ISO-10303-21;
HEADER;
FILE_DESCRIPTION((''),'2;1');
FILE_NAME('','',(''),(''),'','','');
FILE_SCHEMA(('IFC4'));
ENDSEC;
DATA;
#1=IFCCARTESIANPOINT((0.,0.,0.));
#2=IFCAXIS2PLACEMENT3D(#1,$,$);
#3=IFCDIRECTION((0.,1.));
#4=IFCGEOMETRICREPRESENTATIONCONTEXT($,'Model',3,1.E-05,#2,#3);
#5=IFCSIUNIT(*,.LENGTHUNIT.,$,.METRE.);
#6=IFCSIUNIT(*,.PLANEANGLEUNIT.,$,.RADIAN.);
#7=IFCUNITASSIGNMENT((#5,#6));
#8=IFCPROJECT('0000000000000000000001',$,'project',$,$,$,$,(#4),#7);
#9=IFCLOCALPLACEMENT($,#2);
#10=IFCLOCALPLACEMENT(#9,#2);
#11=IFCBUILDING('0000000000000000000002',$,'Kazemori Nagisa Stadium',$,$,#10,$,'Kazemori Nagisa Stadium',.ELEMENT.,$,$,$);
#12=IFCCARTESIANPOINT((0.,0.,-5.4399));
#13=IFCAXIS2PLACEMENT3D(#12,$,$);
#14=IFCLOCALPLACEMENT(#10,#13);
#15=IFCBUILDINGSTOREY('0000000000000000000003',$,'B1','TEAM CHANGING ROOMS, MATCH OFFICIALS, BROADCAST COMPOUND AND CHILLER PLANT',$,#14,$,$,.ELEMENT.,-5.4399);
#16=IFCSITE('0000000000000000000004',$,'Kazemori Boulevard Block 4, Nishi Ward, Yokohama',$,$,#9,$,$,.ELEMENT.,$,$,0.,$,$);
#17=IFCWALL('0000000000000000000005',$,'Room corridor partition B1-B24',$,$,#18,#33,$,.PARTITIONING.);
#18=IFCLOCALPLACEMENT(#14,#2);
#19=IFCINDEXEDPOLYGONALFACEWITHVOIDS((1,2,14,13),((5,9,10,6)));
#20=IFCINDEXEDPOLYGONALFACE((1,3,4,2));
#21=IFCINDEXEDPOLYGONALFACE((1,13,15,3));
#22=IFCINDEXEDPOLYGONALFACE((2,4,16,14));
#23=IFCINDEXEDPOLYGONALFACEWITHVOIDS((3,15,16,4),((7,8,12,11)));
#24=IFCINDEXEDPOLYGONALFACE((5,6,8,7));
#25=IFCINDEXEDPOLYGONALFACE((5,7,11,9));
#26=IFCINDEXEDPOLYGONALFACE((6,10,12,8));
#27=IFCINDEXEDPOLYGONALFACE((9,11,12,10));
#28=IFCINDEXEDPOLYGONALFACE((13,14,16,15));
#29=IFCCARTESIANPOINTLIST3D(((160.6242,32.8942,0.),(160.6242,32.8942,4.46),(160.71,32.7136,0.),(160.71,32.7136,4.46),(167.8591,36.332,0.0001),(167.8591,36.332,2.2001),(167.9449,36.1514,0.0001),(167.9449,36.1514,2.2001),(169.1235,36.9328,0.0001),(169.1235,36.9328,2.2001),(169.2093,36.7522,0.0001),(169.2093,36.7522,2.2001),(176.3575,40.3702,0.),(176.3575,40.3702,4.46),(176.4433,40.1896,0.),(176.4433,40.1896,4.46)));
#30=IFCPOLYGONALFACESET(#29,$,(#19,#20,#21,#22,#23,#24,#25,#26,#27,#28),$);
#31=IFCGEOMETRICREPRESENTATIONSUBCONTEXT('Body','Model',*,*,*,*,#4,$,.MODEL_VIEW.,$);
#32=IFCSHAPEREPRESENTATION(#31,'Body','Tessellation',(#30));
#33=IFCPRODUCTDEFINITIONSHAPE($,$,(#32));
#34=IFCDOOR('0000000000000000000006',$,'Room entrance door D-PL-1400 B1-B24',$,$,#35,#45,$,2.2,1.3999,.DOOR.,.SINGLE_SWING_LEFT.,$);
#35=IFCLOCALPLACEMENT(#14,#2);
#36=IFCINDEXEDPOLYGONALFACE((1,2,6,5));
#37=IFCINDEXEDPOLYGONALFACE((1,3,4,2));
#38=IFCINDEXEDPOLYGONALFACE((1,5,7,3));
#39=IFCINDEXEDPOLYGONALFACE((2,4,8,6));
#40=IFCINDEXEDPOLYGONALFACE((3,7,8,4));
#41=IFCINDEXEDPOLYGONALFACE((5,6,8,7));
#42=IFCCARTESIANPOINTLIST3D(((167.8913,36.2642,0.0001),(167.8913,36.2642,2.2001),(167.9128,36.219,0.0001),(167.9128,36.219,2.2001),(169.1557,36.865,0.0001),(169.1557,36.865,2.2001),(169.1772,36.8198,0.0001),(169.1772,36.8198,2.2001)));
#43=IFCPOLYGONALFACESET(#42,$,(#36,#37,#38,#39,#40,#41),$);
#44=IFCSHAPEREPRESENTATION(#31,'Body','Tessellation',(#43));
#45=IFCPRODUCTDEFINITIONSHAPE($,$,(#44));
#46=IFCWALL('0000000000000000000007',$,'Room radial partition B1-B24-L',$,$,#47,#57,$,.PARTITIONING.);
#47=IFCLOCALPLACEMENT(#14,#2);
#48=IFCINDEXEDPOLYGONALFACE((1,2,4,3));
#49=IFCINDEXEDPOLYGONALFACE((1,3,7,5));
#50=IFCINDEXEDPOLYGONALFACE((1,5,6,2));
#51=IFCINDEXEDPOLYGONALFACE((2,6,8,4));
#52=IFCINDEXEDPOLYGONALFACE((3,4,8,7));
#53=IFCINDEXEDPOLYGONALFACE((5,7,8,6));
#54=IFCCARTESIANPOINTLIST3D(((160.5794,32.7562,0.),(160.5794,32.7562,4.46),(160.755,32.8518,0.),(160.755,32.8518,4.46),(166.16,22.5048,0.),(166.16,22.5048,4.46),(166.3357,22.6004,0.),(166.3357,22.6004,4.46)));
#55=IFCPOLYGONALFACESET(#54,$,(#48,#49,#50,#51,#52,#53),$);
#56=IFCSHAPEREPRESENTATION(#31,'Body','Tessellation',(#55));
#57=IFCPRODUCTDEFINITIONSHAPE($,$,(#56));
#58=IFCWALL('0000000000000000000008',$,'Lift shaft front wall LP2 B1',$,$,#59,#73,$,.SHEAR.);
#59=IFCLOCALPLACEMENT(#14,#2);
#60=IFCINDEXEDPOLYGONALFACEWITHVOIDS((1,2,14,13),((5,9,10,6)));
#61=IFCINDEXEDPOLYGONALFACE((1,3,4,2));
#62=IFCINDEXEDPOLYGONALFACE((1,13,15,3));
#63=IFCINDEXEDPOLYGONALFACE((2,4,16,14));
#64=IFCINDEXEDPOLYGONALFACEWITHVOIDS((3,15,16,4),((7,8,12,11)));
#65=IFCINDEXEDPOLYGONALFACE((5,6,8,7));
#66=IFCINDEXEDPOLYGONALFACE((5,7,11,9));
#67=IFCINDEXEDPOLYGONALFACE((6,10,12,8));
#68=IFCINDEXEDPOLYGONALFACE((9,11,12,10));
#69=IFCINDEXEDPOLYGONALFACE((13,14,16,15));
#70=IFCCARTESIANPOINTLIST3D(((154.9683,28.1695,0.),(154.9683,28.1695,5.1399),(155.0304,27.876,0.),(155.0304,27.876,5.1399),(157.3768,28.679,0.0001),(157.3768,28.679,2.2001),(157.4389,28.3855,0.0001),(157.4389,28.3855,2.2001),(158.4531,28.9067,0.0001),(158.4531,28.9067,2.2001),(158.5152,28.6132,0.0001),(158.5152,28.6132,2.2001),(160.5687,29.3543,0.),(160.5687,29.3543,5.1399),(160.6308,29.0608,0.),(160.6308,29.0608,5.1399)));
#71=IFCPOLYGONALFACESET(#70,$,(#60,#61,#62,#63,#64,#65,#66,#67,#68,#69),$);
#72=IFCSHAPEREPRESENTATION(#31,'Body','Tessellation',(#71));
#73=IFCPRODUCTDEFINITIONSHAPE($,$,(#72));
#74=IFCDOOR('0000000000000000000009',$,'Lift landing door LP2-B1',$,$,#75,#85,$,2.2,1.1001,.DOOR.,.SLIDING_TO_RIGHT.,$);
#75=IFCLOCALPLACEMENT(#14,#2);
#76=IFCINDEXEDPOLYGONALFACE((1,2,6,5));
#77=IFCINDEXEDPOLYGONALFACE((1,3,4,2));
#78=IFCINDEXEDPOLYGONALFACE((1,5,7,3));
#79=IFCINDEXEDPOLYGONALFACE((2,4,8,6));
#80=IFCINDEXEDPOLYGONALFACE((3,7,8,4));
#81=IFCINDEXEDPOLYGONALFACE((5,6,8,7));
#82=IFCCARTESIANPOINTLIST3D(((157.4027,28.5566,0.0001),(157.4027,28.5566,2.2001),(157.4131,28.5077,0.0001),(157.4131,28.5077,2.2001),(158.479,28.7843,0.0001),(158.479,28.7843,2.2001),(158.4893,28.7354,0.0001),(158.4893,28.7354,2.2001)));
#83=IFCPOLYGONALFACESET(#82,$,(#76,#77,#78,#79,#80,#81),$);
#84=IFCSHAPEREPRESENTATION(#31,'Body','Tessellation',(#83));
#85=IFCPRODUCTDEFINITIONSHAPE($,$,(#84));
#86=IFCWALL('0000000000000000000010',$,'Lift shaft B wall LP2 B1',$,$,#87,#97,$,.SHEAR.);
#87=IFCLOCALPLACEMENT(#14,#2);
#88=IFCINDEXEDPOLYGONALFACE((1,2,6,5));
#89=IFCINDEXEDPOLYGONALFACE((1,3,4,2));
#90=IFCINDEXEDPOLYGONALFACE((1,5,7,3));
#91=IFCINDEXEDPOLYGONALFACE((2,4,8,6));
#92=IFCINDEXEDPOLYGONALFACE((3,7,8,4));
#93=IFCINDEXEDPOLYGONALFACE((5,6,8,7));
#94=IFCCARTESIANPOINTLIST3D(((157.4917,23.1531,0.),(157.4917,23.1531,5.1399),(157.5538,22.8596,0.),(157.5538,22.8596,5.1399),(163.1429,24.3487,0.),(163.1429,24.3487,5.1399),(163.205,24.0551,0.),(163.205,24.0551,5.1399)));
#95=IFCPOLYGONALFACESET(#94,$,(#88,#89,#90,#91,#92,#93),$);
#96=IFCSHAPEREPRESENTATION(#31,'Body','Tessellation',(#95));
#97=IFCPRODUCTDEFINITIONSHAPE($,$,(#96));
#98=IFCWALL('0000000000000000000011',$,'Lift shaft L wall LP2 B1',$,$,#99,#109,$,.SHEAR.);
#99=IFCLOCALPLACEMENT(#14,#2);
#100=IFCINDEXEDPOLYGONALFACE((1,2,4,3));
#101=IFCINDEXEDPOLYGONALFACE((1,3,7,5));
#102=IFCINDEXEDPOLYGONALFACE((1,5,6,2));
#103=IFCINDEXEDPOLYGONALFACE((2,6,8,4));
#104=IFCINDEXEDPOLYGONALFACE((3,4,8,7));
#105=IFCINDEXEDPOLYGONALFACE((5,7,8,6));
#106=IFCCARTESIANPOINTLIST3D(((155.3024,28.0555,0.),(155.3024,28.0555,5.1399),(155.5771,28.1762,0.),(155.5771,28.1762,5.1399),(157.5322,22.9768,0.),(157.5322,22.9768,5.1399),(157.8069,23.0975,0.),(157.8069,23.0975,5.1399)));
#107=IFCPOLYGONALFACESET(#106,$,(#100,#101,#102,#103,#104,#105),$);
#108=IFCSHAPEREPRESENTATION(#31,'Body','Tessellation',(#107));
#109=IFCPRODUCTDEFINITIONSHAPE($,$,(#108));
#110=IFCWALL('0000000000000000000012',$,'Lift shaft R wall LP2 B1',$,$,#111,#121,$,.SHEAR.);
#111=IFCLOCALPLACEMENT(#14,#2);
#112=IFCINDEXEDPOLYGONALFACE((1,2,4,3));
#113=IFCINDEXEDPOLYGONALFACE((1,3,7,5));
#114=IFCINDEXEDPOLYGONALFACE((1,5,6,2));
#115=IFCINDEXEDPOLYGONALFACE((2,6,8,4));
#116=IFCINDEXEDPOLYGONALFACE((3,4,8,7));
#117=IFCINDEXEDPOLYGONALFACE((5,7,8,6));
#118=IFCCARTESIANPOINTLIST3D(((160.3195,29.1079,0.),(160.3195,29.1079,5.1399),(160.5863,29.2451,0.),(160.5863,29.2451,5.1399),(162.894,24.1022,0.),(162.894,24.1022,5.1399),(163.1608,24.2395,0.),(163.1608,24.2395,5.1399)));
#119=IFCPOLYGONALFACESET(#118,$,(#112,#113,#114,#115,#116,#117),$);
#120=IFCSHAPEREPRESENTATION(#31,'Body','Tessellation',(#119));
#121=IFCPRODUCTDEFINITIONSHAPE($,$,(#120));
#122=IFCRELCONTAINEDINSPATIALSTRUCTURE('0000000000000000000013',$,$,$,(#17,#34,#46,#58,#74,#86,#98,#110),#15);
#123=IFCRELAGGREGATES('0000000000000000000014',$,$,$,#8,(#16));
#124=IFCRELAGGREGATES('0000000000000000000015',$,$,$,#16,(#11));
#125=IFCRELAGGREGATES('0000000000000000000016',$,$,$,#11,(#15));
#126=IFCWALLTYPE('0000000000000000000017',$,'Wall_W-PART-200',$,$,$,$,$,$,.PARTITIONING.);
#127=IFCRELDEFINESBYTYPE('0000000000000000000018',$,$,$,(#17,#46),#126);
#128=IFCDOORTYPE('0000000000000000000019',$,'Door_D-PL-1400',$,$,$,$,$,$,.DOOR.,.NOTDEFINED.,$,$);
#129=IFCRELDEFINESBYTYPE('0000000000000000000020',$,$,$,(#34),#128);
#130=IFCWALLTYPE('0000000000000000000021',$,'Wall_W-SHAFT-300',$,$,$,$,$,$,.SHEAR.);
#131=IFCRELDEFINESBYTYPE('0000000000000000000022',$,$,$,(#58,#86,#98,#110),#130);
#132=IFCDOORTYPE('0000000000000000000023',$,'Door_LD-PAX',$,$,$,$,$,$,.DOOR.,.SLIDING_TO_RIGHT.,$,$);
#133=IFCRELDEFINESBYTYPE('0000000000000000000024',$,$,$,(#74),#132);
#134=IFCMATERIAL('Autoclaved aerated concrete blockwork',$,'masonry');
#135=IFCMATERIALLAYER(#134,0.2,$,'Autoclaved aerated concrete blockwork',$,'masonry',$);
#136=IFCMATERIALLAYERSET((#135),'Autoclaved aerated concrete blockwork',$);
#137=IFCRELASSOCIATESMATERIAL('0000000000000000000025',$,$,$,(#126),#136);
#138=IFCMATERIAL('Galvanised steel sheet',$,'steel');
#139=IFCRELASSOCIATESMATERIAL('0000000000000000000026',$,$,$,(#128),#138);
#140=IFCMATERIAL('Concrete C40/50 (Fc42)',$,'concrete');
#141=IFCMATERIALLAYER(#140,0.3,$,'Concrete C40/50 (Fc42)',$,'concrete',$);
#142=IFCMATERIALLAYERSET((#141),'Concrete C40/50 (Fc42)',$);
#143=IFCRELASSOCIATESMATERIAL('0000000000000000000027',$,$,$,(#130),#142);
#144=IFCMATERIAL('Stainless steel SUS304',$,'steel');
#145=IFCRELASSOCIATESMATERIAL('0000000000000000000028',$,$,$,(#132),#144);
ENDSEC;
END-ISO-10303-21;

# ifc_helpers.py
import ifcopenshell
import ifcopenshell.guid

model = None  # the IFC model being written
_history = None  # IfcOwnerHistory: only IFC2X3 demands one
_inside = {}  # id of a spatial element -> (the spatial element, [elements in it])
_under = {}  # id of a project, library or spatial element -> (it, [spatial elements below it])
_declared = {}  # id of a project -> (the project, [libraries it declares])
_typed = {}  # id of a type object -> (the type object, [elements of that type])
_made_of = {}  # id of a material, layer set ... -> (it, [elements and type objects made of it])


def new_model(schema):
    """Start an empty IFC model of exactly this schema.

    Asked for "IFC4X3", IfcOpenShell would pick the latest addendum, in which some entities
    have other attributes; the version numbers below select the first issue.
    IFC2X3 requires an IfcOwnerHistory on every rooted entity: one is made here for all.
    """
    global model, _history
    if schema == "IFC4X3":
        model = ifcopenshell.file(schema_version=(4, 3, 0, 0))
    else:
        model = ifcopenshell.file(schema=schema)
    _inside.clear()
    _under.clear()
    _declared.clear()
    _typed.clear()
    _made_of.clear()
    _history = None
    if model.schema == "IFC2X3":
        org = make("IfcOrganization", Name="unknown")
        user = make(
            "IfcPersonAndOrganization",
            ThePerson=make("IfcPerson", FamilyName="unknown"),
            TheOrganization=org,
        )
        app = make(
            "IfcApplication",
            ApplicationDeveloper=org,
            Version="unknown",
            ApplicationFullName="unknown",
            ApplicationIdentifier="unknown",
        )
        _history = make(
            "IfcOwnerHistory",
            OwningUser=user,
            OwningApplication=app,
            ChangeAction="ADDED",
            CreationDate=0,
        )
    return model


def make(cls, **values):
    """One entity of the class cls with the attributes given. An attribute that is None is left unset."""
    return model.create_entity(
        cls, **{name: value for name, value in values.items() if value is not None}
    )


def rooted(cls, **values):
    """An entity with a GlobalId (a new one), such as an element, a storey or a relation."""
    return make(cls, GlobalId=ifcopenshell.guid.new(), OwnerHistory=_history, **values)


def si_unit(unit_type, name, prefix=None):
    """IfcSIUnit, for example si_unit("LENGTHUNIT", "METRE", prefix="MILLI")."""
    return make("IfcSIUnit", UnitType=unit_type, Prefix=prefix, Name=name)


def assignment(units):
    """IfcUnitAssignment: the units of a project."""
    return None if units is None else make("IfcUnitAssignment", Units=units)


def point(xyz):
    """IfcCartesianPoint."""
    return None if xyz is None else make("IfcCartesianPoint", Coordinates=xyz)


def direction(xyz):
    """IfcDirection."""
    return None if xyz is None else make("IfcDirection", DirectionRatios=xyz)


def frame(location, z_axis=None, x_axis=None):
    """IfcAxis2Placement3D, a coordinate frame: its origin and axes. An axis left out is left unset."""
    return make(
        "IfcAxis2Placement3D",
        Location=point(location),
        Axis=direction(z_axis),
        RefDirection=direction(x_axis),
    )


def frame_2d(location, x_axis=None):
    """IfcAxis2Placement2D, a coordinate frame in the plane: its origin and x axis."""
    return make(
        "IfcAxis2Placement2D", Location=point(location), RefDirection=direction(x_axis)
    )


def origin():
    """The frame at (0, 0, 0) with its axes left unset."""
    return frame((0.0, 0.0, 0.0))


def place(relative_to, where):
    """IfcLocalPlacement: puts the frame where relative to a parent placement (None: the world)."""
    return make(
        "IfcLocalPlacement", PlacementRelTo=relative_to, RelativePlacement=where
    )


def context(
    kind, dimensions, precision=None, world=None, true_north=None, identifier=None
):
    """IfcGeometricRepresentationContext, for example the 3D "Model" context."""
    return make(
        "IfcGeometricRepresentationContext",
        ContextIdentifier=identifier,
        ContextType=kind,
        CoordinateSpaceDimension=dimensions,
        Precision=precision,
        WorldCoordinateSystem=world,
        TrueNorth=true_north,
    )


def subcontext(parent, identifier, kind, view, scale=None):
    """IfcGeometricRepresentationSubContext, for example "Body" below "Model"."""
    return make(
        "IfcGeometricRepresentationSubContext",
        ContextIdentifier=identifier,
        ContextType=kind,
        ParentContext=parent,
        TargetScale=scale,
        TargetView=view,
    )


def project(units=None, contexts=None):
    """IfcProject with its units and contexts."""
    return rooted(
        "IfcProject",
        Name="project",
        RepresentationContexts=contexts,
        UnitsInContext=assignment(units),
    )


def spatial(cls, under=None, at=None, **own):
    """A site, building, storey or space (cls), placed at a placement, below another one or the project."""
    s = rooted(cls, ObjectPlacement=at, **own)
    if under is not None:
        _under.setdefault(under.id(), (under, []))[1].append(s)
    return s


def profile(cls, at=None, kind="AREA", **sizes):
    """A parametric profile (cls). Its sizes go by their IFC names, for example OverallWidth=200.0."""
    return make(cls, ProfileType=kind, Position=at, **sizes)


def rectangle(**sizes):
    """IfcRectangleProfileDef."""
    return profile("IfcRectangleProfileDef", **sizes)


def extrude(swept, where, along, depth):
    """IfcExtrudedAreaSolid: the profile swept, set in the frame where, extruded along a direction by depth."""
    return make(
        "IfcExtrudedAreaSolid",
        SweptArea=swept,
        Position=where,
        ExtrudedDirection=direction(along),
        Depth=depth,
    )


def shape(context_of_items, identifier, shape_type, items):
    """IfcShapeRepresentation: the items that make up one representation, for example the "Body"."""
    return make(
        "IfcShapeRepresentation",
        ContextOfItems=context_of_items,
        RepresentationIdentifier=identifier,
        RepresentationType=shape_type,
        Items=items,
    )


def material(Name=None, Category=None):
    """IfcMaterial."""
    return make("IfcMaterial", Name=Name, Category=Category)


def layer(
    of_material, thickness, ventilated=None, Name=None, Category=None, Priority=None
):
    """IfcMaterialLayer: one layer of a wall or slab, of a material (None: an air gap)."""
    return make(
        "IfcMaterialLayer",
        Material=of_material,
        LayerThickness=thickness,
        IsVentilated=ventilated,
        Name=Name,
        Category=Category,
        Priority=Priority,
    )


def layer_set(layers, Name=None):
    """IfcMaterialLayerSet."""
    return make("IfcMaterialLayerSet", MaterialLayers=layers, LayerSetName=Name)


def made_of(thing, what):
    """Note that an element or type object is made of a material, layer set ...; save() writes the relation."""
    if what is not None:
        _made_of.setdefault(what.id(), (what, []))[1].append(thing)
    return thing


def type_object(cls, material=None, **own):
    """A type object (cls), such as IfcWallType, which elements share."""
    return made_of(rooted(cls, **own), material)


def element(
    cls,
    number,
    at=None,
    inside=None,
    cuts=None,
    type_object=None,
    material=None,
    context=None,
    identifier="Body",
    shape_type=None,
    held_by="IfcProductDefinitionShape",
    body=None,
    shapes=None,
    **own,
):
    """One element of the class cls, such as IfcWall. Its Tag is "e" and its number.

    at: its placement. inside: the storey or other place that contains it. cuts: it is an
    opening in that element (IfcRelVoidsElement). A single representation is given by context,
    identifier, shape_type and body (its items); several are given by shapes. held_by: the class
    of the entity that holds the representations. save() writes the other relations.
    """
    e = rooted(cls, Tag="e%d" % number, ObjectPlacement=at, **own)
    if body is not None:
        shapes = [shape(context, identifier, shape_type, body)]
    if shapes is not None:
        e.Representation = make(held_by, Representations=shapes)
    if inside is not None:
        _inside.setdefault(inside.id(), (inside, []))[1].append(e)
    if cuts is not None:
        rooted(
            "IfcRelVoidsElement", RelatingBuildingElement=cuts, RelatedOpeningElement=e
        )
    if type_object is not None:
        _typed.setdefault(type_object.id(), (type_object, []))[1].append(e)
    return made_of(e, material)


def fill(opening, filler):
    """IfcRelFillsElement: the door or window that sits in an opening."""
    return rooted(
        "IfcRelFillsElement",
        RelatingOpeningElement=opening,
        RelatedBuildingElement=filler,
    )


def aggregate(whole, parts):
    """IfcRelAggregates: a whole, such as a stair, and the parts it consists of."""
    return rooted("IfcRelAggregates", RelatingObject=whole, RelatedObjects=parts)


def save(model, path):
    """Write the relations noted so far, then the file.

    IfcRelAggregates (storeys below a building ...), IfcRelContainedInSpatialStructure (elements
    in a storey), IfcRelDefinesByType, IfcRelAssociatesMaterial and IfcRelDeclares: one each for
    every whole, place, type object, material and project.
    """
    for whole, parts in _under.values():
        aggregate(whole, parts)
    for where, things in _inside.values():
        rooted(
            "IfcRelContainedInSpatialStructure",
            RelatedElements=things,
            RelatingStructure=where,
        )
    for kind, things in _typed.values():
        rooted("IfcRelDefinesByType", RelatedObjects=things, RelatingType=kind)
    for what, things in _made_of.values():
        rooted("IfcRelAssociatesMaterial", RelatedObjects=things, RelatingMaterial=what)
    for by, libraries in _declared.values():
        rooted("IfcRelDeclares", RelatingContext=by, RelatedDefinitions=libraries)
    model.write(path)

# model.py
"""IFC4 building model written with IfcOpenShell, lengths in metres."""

from ifc_helpers import new_model, si_unit, direction, frame, frame_2d, origin, place, context, subcontext, project, spatial, rectangle, extrude, material, layer, layer_set, type_object, element, fill, save


model = new_model("IFC4")

# Units and contexts
model_context = context("Model", 3, precision=1e-05, world=origin(), true_north=direction((0.0, 1.0)))
body_context = subcontext(model_context, "Body", "Model", "MODEL_VIEW")
ifc_project = project(units=[si_unit("LENGTHUNIT", "METRE"), si_unit("PLANEANGLEUNIT", "RADIAN")], contexts=[model_context])

# Site, building, storey
site_placement = place(None, origin())
site = spatial("IfcSite", under=ifc_project, at=site_placement, Name="Kazemori Boulevard Block 4, Nishi Ward, Yokohama", CompositionType="ELEMENT", RefElevation=0.0)
building_placement = place(site_placement, origin())
building = spatial("IfcBuilding", under=site, at=building_placement, Name="Kazemori Nagisa Stadium", LongName="Kazemori Nagisa Stadium", CompositionType="ELEMENT")
storey_placement = place(building_placement, frame((0.0, 0.0, -5.4399)))
storey = spatial("IfcBuildingStorey", under=building, at=storey_placement, Name="B1", Description="TEAM CHANGING ROOMS, MATCH OFFICIALS, BROADCAST COMPOUND AND CHILLER PLANT", CompositionType="ELEMENT", Elevation=-5.4399)

# Shared definitions
ifc_material_1 = material(Name="Concrete C40/50 (Fc42)", Category="concrete")

# Wall, opening, door
ifc_material_2 = material(Name="Autoclaved aerated concrete blockwork", Category="masonry")
ifc_layer_1 = layer(ifc_material_2, 0.2, Name="Autoclaved aerated concrete blockwork", Category="masonry")
ifc_layer_set_1 = layer_set([ifc_layer_1], Name="Autoclaved aerated concrete blockwork")
wall_type_1 = type_object("IfcWallType", Name="Wall_W-PART-200", PredefinedType="PARTITIONING", material=ifc_layer_set_1)
wall_1_placement = place(storey_placement, frame((160.6672, 32.804, 0.0), z_axis=(0.0, 0.0, 1.0), x_axis=(0.903217, 0.429184, 0.0)))
wall_1 = element("IfcWall", 1, at=wall_1_placement, inside=storey, type_object=wall_type_1, Name="Room corridor partition B1-B24", PredefinedType="PARTITIONING", context=body_context, shape_type="SweptSolid", body=[
    extrude(rectangle(XDim=17.4192, YDim=0.2, at=frame_2d((8.7095, 0.0))), origin(), (0.0, 0.0, 1.0), 4.46),
])
opening_1_placement = place(wall_1_placement, frame((8.01, 0.0, 0.0)))
opening_1 = element("IfcOpeningElement", 2, at=opening_1_placement, cuts=wall_1, PredefinedType="OPENING", context=body_context, shape_type="SweptSolid", body=[
    extrude(rectangle(XDim=1.3999, YDim=2.2, at=frame_2d((0.7, 1.1001))), frame((0.0, 0.1099, 0.0), z_axis=(0.0, -1.0, 0.0), x_axis=(1.0, 0.0, 0.0)), (0.0, 0.0, 1.0), 0.22),
])
ifc_material_3 = material(Name="Galvanised steel sheet", Category="steel")
door_type_1 = type_object("IfcDoorType", Name="Door_D-PL-1400", OperationType="NOTDEFINED", PredefinedType="DOOR", material=ifc_material_3)
door_1_placement = place(opening_1_placement, origin())
door_1 = element("IfcDoor", 3, at=door_1_placement, inside=storey, type_object=door_type_1, Name="Room entrance door D-PL-1400 B1-B24", OperationType="SINGLE_SWING_LEFT", OverallHeight=2.2, OverallWidth=1.3999, PredefinedType="DOOR", context=body_context, shape_type="SweptSolid", body=[
    extrude(rectangle(XDim=1.3999, YDim=2.2, at=frame_2d((0.7, 1.1001))), frame((0.0, 0.0249, 0.0), z_axis=(0.0, -1.0, 0.0), x_axis=(1.0, 0.0, 0.0)), (0.0, 0.0, 1.0), 0.05),
])
fill(opening_1, door_1)

# Wall
wall_2_placement = place(storey_placement, frame((160.6672, 32.804, 0.0), z_axis=(0.0, 0.0, 1.0), x_axis=(0.478125, -0.878292, 0.0)))
element("IfcWall", 4, at=wall_2_placement, inside=storey, type_object=wall_type_1, Name="Room radial partition B1-B24-L", PredefinedType="PARTITIONING", context=body_context, shape_type="SweptSolid", body=[
    extrude(rectangle(XDim=11.6719, YDim=0.2, at=frame_2d((5.8359, 0.0))), origin(), (0.0, 0.0, 1.0), 4.46),
])

# Wall, opening, door
ifc_layer_2 = layer(ifc_material_1, 0.3, Name="Concrete C40/50 (Fc42)", Category="concrete")
ifc_layer_set_2 = layer_set([ifc_layer_2], Name="Concrete C40/50 (Fc42)")
wall_type_2 = type_object("IfcWallType", Name="Wall_W-SHAFT-300", PredefinedType="SHEAR", material=ifc_layer_set_2)
wall_3_placement = place(storey_placement, frame((154.9993, 28.0227, 0.0), z_axis=(0.0, 0.0, 1.0), x_axis=(0.978345, 0.20698, 0.0)))
wall_3 = element("IfcWall", 5, at=wall_3_placement, inside=storey, type_object=wall_type_2, Name="Lift shaft front wall LP2 B1", PredefinedType="SHEAR", context=body_context, shape_type="SweptSolid", body=[
    extrude(rectangle(XDim=5.7244, YDim=0.3, at=frame_2d((2.8623, 0.0))), origin(), (0.0, 0.0, 1.0), 5.1399),
])
opening_2_placement = place(wall_3_placement, frame((2.4619, 0.0, 0.0)))
opening_2 = element("IfcOpeningElement", 6, at=opening_2_placement, cuts=wall_3, PredefinedType="OPENING", context=body_context, shape_type="SweptSolid", body=[
    extrude(rectangle(XDim=1.1001, YDim=2.2, at=frame_2d((0.55, 1.1001))), frame((0.0, 0.1599, 0.0), z_axis=(0.0, -1.0, 0.0), x_axis=(1.0, 0.0, 0.0)), (0.0, 0.0, 1.0), 0.3201),
])
ifc_material_4 = material(Name="Stainless steel SUS304", Category="steel")
door_type_2 = type_object("IfcDoorType", Name="Door_LD-PAX", OperationType="SLIDING_TO_RIGHT", PredefinedType="DOOR", material=ifc_material_4)
door_2_placement = place(opening_2_placement, origin())
door_2 = element("IfcDoor", 7, at=door_2_placement, inside=storey, type_object=door_type_2, Name="Lift landing door LP2-B1", OperationType="SLIDING_TO_RIGHT", OverallHeight=2.2, OverallWidth=1.1001, PredefinedType="DOOR", context=body_context, shape_type="SweptSolid", body=[
    extrude(rectangle(XDim=1.1001, YDim=2.2, at=frame_2d((0.55, 1.1001))), frame((0.0, 0.0249, 0.0), z_axis=(0.0, -1.0, 0.0), x_axis=(1.0, 0.0, 0.0)), (0.0, 0.0, 1.0), 0.05),
])
fill(opening_2, door_2)

# Walls
wall_4_placement = place(storey_placement, frame((157.5227, 23.0063, 0.0), z_axis=(0.0, 0.0, 1.0), x_axis=(0.978347, 0.206971, 0.0)))
element("IfcWall", 8, at=wall_4_placement, inside=storey, type_object=wall_type_2, Name="Lift shaft B wall LP2 B1", PredefinedType="SHEAR", context=body_context, shape_type="SweptSolid", body=[
    extrude(rectangle(XDim=5.7764, YDim=0.3, at=frame_2d((2.8882, 0.0))), origin(), (0.0, 0.0, 1.0), 5.1399),
])
wall_5_placement = place(storey_placement, frame((155.4397, 28.116, 0.0), z_axis=(0.0, 0.0, 1.0), x_axis=(0.402005, -0.915637, 0.0)))
element("IfcWall", 9, at=wall_5_placement, inside=storey, type_object=wall_type_2, Name="Lift shaft L wall LP2 B1", PredefinedType="SHEAR", context=body_context, shape_type="SweptSolid", body=[
    extrude(rectangle(XDim=5.5466, YDim=0.3, at=frame_2d((2.7734, 0.0))), origin(), (0.0, 0.0, 1.0), 5.1399),
])
wall_6_placement = place(storey_placement, frame((160.4529, 29.1765, 0.0), z_axis=(0.0, 0.0, 1.0), x_axis=(0.457369, -0.889277, 0.0)))
element("IfcWall", 10, at=wall_6_placement, inside=storey, type_object=wall_type_2, Name="Lift shaft R wall LP2 B1", PredefinedType="SHEAR", context=body_context, shape_type="SweptSolid", body=[
    extrude(rectangle(XDim=5.6289, YDim=0.3, at=frame_2d((2.8145, 0.0))), origin(), (0.0, 0.0, 1.0), 5.1399),
])

save(model, "model.ifc")
